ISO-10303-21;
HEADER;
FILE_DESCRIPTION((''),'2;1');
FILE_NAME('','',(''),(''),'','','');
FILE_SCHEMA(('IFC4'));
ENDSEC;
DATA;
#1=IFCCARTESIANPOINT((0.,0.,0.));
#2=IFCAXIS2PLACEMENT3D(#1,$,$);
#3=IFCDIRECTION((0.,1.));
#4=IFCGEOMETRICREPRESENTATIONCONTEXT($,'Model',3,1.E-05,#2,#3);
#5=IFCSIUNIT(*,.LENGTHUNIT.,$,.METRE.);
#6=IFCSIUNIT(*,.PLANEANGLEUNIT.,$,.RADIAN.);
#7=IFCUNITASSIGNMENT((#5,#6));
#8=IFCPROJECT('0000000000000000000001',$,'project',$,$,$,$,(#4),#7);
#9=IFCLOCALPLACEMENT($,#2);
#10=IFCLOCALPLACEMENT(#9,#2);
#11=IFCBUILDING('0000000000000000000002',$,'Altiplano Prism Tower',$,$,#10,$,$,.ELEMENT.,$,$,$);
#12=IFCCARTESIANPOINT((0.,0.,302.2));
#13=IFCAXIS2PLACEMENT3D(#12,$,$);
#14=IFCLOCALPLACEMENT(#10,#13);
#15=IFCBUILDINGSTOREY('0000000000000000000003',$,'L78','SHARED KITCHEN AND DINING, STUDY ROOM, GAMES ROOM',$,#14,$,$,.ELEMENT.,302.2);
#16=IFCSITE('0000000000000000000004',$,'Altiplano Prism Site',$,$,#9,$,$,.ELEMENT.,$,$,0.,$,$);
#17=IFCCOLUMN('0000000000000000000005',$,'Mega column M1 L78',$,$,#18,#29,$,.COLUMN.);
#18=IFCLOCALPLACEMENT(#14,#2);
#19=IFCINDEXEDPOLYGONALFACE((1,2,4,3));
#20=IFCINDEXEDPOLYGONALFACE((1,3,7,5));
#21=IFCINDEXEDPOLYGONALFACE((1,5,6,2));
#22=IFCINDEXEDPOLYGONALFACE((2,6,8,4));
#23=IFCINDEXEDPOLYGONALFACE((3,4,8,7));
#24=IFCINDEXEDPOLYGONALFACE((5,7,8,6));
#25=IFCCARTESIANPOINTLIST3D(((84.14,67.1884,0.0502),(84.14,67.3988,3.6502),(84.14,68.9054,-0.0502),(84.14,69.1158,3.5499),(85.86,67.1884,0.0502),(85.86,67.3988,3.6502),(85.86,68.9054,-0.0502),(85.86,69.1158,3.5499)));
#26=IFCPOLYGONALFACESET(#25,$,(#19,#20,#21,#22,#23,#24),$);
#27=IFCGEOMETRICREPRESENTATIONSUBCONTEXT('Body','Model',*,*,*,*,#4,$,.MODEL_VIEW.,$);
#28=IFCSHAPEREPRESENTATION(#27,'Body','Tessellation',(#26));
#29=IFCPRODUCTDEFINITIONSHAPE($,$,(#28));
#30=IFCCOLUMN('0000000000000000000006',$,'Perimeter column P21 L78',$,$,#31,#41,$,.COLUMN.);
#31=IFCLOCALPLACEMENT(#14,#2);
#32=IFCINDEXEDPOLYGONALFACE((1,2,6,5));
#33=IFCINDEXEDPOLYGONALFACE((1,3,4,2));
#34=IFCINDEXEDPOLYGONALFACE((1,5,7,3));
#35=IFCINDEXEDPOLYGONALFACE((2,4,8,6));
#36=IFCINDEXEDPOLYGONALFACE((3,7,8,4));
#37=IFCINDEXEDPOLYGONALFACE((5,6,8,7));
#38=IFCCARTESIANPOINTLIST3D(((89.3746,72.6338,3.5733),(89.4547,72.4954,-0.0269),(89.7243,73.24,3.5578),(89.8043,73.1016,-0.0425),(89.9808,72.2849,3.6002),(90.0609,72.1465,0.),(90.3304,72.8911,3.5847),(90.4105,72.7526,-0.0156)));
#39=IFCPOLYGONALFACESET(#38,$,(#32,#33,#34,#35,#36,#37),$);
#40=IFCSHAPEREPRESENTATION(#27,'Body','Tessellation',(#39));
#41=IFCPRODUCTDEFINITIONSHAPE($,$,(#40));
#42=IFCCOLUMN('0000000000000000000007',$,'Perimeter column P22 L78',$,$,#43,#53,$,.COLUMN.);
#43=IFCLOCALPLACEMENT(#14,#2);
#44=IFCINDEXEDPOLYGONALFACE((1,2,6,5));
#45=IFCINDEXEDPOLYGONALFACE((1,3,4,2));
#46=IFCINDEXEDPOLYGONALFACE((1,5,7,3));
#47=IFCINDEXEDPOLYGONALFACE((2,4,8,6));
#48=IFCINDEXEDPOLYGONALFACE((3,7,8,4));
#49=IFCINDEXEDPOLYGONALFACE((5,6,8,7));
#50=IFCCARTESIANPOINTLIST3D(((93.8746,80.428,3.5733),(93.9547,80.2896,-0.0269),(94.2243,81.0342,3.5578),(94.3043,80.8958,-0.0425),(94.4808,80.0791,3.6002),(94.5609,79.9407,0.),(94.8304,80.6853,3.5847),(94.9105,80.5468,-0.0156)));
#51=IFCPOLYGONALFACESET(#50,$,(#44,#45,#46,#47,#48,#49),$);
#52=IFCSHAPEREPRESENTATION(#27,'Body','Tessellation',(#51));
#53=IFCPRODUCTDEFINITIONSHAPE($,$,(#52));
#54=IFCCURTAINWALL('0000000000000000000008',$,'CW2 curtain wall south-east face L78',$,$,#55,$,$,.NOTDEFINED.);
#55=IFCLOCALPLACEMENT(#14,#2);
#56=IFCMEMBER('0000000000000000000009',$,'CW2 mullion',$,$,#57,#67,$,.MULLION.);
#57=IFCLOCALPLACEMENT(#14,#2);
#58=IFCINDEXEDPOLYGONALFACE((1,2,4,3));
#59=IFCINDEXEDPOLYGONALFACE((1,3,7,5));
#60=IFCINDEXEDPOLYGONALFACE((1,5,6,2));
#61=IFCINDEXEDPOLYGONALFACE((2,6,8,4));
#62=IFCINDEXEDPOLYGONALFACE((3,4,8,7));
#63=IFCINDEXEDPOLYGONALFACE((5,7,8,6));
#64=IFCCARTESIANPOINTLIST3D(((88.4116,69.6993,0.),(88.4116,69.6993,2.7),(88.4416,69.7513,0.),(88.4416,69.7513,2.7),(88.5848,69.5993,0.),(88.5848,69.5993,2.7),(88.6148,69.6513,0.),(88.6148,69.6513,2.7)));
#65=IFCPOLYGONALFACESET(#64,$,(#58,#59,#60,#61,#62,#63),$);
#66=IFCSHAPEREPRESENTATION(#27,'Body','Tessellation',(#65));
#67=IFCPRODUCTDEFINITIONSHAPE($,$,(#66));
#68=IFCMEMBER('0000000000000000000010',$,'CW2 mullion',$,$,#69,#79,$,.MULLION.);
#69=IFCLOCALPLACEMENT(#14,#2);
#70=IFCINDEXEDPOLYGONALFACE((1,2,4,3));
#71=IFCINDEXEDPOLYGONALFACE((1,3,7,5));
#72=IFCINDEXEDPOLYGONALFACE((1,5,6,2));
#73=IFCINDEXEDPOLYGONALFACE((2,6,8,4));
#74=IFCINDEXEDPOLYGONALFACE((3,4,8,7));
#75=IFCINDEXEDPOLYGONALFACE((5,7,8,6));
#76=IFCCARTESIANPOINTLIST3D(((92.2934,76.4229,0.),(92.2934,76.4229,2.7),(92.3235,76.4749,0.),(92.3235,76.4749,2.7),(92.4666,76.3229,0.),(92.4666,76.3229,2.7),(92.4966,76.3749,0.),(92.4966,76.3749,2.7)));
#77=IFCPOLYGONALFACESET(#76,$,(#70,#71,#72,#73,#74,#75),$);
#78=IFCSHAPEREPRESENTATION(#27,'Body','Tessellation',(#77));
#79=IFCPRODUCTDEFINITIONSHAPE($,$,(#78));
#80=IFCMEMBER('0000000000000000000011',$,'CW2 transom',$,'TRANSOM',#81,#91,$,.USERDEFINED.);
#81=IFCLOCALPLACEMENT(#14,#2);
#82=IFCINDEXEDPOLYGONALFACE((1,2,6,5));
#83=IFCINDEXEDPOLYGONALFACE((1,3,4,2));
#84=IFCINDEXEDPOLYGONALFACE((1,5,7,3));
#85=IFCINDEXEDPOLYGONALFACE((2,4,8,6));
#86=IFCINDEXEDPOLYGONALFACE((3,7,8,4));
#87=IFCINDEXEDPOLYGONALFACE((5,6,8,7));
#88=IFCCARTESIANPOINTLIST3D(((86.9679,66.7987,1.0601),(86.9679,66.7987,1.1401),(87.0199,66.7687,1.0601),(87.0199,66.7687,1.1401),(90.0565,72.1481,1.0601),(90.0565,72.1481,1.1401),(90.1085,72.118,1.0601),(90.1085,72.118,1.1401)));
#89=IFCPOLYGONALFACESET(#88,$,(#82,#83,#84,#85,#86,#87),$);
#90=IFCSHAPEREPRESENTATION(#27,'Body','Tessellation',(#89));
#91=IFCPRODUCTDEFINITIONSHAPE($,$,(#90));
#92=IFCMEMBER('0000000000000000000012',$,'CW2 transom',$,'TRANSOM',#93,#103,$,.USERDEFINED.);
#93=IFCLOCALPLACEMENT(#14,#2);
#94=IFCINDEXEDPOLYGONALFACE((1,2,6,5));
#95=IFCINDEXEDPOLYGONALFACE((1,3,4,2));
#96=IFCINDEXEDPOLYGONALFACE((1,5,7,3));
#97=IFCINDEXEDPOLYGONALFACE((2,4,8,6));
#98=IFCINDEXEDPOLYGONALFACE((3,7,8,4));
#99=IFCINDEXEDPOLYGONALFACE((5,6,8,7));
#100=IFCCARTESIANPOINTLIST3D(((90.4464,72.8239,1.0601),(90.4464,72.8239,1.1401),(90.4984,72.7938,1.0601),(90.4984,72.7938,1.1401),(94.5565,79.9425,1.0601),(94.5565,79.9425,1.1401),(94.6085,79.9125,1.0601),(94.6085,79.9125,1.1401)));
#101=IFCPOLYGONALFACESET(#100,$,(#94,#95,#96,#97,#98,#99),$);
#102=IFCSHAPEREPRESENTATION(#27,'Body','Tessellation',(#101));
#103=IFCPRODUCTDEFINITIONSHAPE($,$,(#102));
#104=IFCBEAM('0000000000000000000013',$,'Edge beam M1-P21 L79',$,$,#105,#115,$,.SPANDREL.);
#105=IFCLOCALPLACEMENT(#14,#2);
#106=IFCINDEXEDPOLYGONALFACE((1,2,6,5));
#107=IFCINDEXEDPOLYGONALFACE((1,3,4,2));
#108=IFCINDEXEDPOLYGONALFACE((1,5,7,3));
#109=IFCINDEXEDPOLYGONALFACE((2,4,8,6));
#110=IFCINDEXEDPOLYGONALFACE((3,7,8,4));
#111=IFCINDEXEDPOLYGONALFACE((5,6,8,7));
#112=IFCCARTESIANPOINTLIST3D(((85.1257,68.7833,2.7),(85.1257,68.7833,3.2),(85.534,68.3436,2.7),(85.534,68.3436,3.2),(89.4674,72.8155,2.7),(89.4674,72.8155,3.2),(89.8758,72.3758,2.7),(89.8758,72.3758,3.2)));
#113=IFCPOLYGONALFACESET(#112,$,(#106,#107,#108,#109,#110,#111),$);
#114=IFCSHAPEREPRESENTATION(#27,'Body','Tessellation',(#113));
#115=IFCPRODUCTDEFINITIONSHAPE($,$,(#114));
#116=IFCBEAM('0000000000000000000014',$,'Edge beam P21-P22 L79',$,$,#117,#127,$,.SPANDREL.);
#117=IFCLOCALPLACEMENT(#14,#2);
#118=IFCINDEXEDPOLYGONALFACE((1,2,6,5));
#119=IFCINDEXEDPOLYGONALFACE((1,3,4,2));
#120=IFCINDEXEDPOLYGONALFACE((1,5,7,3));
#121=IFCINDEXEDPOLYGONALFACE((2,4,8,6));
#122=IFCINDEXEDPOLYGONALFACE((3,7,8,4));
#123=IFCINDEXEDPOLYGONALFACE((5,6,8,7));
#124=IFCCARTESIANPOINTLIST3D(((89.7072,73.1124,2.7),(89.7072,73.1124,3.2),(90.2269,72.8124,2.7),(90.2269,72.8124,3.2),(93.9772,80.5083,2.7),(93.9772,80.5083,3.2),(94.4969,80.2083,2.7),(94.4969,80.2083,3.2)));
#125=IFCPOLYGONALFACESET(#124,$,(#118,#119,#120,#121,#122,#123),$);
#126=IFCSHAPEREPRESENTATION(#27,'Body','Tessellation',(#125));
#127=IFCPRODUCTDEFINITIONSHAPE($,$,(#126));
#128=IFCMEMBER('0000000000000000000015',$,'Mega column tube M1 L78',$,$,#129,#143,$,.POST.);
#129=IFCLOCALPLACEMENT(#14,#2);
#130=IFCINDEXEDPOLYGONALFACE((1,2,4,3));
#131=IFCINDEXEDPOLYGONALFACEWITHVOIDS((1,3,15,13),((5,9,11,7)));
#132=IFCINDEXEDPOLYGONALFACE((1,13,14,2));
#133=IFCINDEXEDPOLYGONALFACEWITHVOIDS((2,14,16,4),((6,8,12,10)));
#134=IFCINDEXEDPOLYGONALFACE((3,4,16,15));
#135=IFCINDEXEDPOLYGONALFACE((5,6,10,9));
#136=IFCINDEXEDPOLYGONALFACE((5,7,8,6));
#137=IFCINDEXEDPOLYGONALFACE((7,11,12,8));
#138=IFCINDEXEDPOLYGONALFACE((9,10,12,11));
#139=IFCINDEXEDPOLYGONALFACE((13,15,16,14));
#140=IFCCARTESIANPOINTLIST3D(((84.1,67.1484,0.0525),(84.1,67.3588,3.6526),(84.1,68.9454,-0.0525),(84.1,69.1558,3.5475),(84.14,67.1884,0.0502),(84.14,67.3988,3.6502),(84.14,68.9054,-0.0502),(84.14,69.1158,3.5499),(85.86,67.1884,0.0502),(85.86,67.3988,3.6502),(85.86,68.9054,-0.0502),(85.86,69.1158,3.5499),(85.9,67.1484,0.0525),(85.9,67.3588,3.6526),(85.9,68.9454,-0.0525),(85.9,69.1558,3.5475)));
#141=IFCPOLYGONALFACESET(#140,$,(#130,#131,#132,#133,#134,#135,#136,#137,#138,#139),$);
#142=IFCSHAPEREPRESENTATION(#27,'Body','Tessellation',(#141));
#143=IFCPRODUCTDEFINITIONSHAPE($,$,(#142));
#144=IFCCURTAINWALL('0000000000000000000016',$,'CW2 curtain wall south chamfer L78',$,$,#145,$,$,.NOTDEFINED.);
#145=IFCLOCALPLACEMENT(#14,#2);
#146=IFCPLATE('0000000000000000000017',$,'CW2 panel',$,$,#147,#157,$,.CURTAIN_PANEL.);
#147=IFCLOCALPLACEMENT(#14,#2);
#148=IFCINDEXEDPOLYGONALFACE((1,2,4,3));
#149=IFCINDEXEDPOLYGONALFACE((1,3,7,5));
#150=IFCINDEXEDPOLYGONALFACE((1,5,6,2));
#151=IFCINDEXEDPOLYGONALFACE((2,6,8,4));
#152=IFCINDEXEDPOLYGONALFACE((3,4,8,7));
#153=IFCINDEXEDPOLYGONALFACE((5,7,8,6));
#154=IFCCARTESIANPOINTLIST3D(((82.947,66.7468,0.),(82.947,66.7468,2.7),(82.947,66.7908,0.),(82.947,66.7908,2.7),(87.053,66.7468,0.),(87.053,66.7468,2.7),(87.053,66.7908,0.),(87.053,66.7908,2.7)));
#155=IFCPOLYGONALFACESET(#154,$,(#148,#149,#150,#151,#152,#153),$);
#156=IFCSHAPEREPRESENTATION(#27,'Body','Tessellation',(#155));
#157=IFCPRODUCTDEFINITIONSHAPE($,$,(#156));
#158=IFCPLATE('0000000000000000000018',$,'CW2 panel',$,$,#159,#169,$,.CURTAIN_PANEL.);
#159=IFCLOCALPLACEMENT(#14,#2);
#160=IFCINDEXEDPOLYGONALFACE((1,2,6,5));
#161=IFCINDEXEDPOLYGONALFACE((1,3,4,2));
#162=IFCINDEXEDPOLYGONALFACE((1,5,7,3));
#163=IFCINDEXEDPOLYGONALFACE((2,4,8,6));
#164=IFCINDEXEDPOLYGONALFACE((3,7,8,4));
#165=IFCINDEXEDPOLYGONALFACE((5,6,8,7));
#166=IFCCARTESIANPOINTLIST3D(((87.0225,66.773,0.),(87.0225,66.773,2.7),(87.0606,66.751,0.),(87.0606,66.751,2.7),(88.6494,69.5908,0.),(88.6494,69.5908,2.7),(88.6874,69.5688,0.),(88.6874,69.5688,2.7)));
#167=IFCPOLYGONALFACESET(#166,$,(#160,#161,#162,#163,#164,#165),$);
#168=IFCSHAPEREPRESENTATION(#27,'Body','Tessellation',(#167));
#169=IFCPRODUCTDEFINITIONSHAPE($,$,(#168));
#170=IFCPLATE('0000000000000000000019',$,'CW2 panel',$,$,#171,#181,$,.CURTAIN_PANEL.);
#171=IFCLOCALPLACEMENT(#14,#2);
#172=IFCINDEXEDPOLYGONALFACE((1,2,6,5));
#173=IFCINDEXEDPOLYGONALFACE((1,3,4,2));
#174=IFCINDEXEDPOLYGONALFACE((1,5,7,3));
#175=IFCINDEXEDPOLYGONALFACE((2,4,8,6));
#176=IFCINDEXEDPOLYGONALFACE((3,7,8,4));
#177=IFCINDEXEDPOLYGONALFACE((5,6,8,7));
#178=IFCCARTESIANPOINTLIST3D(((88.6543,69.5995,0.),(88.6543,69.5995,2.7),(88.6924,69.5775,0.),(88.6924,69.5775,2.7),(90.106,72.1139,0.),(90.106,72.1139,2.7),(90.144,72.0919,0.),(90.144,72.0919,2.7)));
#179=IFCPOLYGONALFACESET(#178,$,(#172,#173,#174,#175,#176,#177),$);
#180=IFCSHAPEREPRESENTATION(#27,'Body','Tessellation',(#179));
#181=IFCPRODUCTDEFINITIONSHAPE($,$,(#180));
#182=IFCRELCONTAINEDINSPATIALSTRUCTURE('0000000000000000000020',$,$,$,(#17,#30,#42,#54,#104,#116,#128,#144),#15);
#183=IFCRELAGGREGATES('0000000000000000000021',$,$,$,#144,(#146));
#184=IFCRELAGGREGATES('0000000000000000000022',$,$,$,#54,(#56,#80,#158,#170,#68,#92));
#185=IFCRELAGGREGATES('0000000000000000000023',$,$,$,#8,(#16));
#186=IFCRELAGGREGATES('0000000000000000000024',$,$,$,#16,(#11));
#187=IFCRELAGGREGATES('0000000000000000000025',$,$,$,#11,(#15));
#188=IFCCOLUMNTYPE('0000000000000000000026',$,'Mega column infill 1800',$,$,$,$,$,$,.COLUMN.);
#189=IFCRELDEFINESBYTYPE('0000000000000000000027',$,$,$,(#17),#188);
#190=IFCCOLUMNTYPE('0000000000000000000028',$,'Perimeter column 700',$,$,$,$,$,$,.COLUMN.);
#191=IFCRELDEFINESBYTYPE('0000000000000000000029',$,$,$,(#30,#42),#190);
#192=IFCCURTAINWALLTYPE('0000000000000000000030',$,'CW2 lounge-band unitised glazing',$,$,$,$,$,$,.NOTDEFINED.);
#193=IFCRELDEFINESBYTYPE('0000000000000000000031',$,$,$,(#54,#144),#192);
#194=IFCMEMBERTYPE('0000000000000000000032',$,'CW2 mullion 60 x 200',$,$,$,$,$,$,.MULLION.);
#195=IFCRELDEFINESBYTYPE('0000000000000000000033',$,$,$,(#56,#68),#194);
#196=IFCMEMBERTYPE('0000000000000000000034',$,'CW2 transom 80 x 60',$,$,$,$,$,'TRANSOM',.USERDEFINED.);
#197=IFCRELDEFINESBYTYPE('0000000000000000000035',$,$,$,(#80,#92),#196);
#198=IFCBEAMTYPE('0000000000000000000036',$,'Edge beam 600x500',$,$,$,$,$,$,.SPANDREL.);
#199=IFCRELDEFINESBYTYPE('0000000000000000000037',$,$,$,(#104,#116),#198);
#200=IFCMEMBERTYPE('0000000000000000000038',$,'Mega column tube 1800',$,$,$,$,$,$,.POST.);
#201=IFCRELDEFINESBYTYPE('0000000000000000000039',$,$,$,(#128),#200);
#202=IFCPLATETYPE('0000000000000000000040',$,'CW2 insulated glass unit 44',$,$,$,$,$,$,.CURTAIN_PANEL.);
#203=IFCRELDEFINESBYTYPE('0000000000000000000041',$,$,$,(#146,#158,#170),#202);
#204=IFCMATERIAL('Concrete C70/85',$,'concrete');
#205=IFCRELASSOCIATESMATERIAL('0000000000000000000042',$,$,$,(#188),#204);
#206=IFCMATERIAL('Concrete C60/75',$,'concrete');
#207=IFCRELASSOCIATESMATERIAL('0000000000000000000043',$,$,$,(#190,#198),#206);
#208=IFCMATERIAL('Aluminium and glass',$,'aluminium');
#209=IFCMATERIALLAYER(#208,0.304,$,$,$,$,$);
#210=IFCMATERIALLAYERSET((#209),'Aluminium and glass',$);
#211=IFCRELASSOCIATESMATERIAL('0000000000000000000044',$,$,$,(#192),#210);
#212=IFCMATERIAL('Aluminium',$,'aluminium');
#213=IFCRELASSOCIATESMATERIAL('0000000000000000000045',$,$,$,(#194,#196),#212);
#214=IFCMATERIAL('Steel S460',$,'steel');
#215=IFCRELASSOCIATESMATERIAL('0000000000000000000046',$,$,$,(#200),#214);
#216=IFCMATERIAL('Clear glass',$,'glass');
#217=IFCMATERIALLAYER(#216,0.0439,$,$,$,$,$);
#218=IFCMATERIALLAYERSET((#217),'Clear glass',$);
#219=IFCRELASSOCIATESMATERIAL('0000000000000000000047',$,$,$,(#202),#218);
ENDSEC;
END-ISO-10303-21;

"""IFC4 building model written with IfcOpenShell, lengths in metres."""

from ifc_helpers import new_model, si_unit, direction, frame, origin, origin_2d, place, context, subcontext, project, spatial, rectangle, hollow_rectangle, extrude, material, layer, layer_set, material_profile, profile_set, type_object, element, aggregate, save


model = new_model("IFC4")

# Units and contexts
model_context = context("Model", 3, precision=1e-05, world=origin(), true_north=direction((0.0, 1.0)))
body_context = subcontext(model_context, "Body", "Model", "MODEL_VIEW")
ifc_project = project(units=[si_unit("LENGTHUNIT", "METRE"), si_unit("PLANEANGLEUNIT", "RADIAN")], contexts=[model_context])

# Site, building, storey
site_placement = place(None, origin())
site = spatial("IfcSite", under=ifc_project, at=site_placement, Name="Altiplano Prism Site", CompositionType="ELEMENT", RefElevation=0.0)
building_placement = place(site_placement, origin())
building = spatial("IfcBuilding", under=site, at=building_placement, Name="Altiplano Prism Tower", CompositionType="ELEMENT")
storey_placement = place(building_placement, frame((0.0, 0.0, 302.2)))
storey = spatial("IfcBuildingStorey", under=building, at=storey_placement, Name="L78", Description="SHARED KITCHEN AND DINING, STUDY ROOM, GAMES ROOM", CompositionType="ELEMENT", Elevation=302.2)

# Columns
ifc_material_1 = material(Name="Concrete C70/85", Category="concrete")
ifc_material_profile_1 = material_profile(ifc_material_1, rectangle(XDim=1.72, YDim=1.72, at=origin_2d()), Name="Mega column infill 1800")
ifc_profile_set_1 = profile_set([ifc_material_profile_1], Name="Concrete C70/85")
column_type_1 = type_object("IfcColumnType", Name="Mega column infill 1800", PredefinedType="COLUMN", material=ifc_profile_set_1)
column_placement = place(storey_placement, frame((85.0, 68.0469, 0.0), z_axis=(0.0, 0.058357, 0.998296), x_axis=(-1.0, 0.0, 0.0)))
element("IfcColumn", 1, at=column_placement, inside=storey, type_object=column_type_1, Name="Mega column M1 L78", PredefinedType="COLUMN", context=body_context, shape_type="SweptSolid", body=[
    extrude(rectangle(XDim=1.72, YDim=1.72, at=origin_2d()), origin(), (0.0, 0.0, 1.0), 3.6062),
])
ifc_material_2 = material(Name="Concrete C60/75", Category="concrete")
ifc_material_profile_2 = material_profile(ifc_material_2, rectangle(XDim=0.7, YDim=0.7, at=origin_2d()), Name="Perimeter column 700")
ifc_profile_set_2 = profile_set([ifc_material_profile_2], Name="Concrete C60/75")
column_type_2 = type_object("IfcColumnType", Name="Perimeter column 700", PredefinedType="COLUMN", material=ifc_profile_set_2)
for number, where, z_axis, x_axis, name in (
    (2, (89.9326, 72.624, -0.0212), (-0.022221, 0.038413, 0.999015), (-0.499513, -0.866022, 0.022189), "Perimeter column P21 L78"),
    (3, (94.4326, 80.4182, -0.0212), (-0.022221, 0.038413, 0.999015), (-0.499513, -0.866022, 0.022189), "Perimeter column P22 L78"),
):
    element("IfcColumn", number, at=place(storey_placement, frame(where, z_axis=z_axis, x_axis=x_axis)), inside=storey, type_object=column_type_2, Name=name, PredefinedType="COLUMN", context=body_context, shape_type="SweptSolid", body=[
        extrude(rectangle(XDim=0.7, YDim=0.7, at=origin_2d()), origin(), (0.0, 0.0, 1.0), 3.6038),
    ])

# Curtain wall, members
ifc_material_3 = material(Name="Aluminium and glass", Category="aluminium")
ifc_layer_1 = layer(ifc_material_3, 0.304)
ifc_layer_set_1 = layer_set([ifc_layer_1], Name="Aluminium and glass")
curtain_wall_type = type_object("IfcCurtainWallType", Name="CW2 lounge-band unitised glazing", PredefinedType="NOTDEFINED", material=ifc_layer_set_1)
curtain_wall_1_placement = place(storey_placement, origin())
curtain_wall_1 = element("IfcCurtainWall", 4, at=curtain_wall_1_placement, inside=storey, type_object=curtain_wall_type, Name="CW2 curtain wall south-east face L78", PredefinedType="NOTDEFINED")
ifc_material_4 = material(Name="Aluminium", Category="aluminium")
ifc_material_profile_3 = material_profile(ifc_material_4, rectangle(XDim=0.2, YDim=0.0601, at=origin_2d()), Name="CW2 mullion 60 x 200")
ifc_profile_set_3 = profile_set([ifc_material_profile_3], Name="Aluminium")
member_type_1 = type_object("IfcMemberType", Name="CW2 mullion 60 x 200", PredefinedType="MULLION", material=ifc_profile_set_3)
member_1_placement = place(storey_placement, frame((88.5132, 69.6753, 0.0), z_axis=(0.0, 0.0, 1.0), x_axis=(-0.866025, 0.5, 0.0)))
member_1 = element("IfcMember", 5, at=member_1_placement, type_object=member_type_1, Name="CW2 mullion", PredefinedType="MULLION", context=body_context, shape_type="SweptSolid", body=[
    extrude(rectangle(XDim=0.2, YDim=0.0601, at=origin_2d()), origin(), (0.0, 0.0, 1.0), 2.7),
])
member_2_placement = place(storey_placement, frame((92.395, 76.3989, 0.0), z_axis=(0.0, 0.0, 1.0), x_axis=(-0.866025, 0.5, 0.0)))
member_2 = element("IfcMember", 6, at=member_2_placement, type_object=member_type_1, Name="CW2 mullion", PredefinedType="MULLION", context=body_context, shape_type="SweptSolid", body=[
    extrude(rectangle(XDim=0.2, YDim=0.0601, at=origin_2d()), origin(), (0.0, 0.0, 1.0), 2.7),
])
ifc_material_profile_4 = material_profile(ifc_material_4, rectangle(XDim=0.0601, YDim=0.0801, at=origin_2d()), Name="CW2 transom 80 x 60")
ifc_profile_set_4 = profile_set([ifc_material_profile_4], Name="Aluminium")
member_type_2 = type_object("IfcMemberType", Name="CW2 transom 80 x 60", ElementType="TRANSOM", PredefinedType="USERDEFINED", material=ifc_profile_set_4)
member_3_placement = place(storey_placement, frame((86.9939, 66.7837, 1.1001), z_axis=(0.50002, 0.866014, 0.0), x_axis=(-0.866014, 0.50002, 0.0)))
member_3 = element("IfcMember", 7, at=member_3_placement, type_object=member_type_2, Name="CW2 transom", ObjectType="TRANSOM", PredefinedType="USERDEFINED", context=body_context, shape_type="SweptSolid", body=[
    extrude(rectangle(XDim=0.0601, YDim=0.0801, at=origin_2d()), origin(), (0.0, 0.0, 1.0), 6.177),
])
member_4_placement = place(storey_placement, frame((90.4724, 72.8088, 1.1001), z_axis=(0.500014, 0.866017, 0.0), x_axis=(-0.866017, 0.500014, 0.0)))
member_4 = element("IfcMember", 8, at=member_4_placement, type_object=member_type_2, Name="CW2 transom", ObjectType="TRANSOM", PredefinedType="USERDEFINED", context=body_context, shape_type="SweptSolid", body=[
    extrude(rectangle(XDim=0.0601, YDim=0.0801, at=origin_2d()), origin(), (0.0, 0.0, 1.0), 8.22),
])

# Beams
ifc_material_profile_5 = material_profile(ifc_material_2, rectangle(XDim=0.6001, YDim=0.5, at=origin_2d()), Name="Edge beam 600x500")
ifc_profile_set_5 = profile_set([ifc_material_profile_5], Name="Concrete C60/75")
beam_type = type_object("IfcBeamType", Name="Edge beam 600x500", PredefinedType="SPANDREL", material=ifc_profile_set_5)
beam_1_placement = place(storey_placement, frame((85.3298, 68.5635, 2.95), z_axis=(0.732747, 0.680502, 0.0), x_axis=(-0.680502, 0.732747, 0.0)))
element("IfcBeam", 9, at=beam_1_placement, inside=storey, type_object=beam_type, Name="Edge beam M1-P21 L79", PredefinedType="SPANDREL", context=body_context, shape_type="SweptSolid", body=[
    extrude(rectangle(XDim=0.6001, YDim=0.5, at=origin_2d()), origin(), (0.0, 0.0, 1.0), 5.9253),
])
beam_2_placement = place(storey_placement, frame((89.967, 72.9624, 2.95), z_axis=(0.499995, 0.866028, 0.0), x_axis=(-0.866028, 0.499995, 0.0)))
element("IfcBeam", 10, at=beam_2_placement, inside=storey, type_object=beam_type, Name="Edge beam P21-P22 L79", PredefinedType="SPANDREL", context=body_context, shape_type="SweptSolid", body=[
    extrude(rectangle(XDim=0.6001, YDim=0.5, at=origin_2d()), origin(), (0.0, 0.0, 1.0), 8.54),
])

# Member
ifc_material_5 = material(Name="Steel S460", Category="steel")
ifc_material_profile_6 = material_profile(ifc_material_5, hollow_rectangle(XDim=1.8, YDim=1.8, WallThickness=0.04, at=origin_2d()), Name="Mega column tube 1800")
ifc_profile_set_6 = profile_set([ifc_material_profile_6], Name="Steel S460")
member_type_3 = type_object("IfcMemberType", Name="Mega column tube 1800", PredefinedType="POST", material=ifc_profile_set_6)
member_5_placement = place(storey_placement, frame((85.0, 68.0469, 0.0), z_axis=(0.0, 0.058357, 0.998296), x_axis=(-1.0, 0.0, 0.0)))
element("IfcMember", 11, at=member_5_placement, inside=storey, type_object=member_type_3, Name="Mega column tube M1 L78", PredefinedType="POST", context=body_context, shape_type="SweptSolid", body=[
    extrude(hollow_rectangle(XDim=1.8, YDim=1.8, WallThickness=0.04, at=origin_2d()), origin(), (0.0, 0.0, 1.0), 3.6062),
])

# Curtain wall, plate
curtain_wall_2_placement = place(storey_placement, origin())
curtain_wall_2 = element("IfcCurtainWall", 12, at=curtain_wall_2_placement, inside=storey, type_object=curtain_wall_type, Name="CW2 curtain wall south chamfer L78", PredefinedType="NOTDEFINED")
ifc_material_6 = material(Name="Clear glass", Category="glass")
ifc_layer_2 = layer(ifc_material_6, 0.0439)
ifc_layer_set_2 = layer_set([ifc_layer_2], Name="Clear glass")
plate_type = type_object("IfcPlateType", Name="CW2 insulated glass unit 44", PredefinedType="CURTAIN_PANEL", material=ifc_layer_set_2)
plate_1_placement = place(storey_placement, frame((85.0, 66.7688, 0.0), z_axis=(0.0, 0.0, 1.0), x_axis=(1.0, 0.0, 0.0)))
plate_1 = element("IfcPlate", 13, at=plate_1_placement, type_object=plate_type, Name="CW2 panel", PredefinedType="CURTAIN_PANEL", context=body_context, shape_type="SweptSolid", body=[
    extrude(rectangle(XDim=4.106, YDim=0.0439, at=origin_2d()), origin(), (0.0, 0.0, 1.0), 2.7),
])
aggregate(curtain_wall_2, [plate_1])

# Plates
plate_2_placement = place(storey_placement, frame((87.855, 68.1709, 0.0), z_axis=(0.0, 0.0, 1.0), x_axis=(0.5, 0.866025, 0.0)))
plate_2 = element("IfcPlate", 14, at=plate_2_placement, type_object=plate_type, Name="CW2 panel", PredefinedType="CURTAIN_PANEL", context=body_context, shape_type="SweptSolid", body=[
    extrude(rectangle(XDim=3.2537, YDim=0.0439, at=origin_2d()), origin(), (0.0, 0.0, 1.0), 2.7),
])
plate_3_placement = place(storey_placement, frame((89.3992, 70.8457, 0.0), z_axis=(0.0, 0.0, 1.0), x_axis=(0.5, 0.866025, 0.0)))
plate_3 = element("IfcPlate", 15, at=plate_3_placement, type_object=plate_type, Name="CW2 panel", PredefinedType="CURTAIN_PANEL", context=body_context, shape_type="SweptSolid", body=[
    extrude(rectangle(XDim=2.9033, YDim=0.0439, at=origin_2d()), origin(), (0.0, 0.0, 1.0), 2.7),
])
aggregate(curtain_wall_1, [member_1, member_3, plate_2, plate_3, member_2, member_4])

save(model, "model.ifc")
